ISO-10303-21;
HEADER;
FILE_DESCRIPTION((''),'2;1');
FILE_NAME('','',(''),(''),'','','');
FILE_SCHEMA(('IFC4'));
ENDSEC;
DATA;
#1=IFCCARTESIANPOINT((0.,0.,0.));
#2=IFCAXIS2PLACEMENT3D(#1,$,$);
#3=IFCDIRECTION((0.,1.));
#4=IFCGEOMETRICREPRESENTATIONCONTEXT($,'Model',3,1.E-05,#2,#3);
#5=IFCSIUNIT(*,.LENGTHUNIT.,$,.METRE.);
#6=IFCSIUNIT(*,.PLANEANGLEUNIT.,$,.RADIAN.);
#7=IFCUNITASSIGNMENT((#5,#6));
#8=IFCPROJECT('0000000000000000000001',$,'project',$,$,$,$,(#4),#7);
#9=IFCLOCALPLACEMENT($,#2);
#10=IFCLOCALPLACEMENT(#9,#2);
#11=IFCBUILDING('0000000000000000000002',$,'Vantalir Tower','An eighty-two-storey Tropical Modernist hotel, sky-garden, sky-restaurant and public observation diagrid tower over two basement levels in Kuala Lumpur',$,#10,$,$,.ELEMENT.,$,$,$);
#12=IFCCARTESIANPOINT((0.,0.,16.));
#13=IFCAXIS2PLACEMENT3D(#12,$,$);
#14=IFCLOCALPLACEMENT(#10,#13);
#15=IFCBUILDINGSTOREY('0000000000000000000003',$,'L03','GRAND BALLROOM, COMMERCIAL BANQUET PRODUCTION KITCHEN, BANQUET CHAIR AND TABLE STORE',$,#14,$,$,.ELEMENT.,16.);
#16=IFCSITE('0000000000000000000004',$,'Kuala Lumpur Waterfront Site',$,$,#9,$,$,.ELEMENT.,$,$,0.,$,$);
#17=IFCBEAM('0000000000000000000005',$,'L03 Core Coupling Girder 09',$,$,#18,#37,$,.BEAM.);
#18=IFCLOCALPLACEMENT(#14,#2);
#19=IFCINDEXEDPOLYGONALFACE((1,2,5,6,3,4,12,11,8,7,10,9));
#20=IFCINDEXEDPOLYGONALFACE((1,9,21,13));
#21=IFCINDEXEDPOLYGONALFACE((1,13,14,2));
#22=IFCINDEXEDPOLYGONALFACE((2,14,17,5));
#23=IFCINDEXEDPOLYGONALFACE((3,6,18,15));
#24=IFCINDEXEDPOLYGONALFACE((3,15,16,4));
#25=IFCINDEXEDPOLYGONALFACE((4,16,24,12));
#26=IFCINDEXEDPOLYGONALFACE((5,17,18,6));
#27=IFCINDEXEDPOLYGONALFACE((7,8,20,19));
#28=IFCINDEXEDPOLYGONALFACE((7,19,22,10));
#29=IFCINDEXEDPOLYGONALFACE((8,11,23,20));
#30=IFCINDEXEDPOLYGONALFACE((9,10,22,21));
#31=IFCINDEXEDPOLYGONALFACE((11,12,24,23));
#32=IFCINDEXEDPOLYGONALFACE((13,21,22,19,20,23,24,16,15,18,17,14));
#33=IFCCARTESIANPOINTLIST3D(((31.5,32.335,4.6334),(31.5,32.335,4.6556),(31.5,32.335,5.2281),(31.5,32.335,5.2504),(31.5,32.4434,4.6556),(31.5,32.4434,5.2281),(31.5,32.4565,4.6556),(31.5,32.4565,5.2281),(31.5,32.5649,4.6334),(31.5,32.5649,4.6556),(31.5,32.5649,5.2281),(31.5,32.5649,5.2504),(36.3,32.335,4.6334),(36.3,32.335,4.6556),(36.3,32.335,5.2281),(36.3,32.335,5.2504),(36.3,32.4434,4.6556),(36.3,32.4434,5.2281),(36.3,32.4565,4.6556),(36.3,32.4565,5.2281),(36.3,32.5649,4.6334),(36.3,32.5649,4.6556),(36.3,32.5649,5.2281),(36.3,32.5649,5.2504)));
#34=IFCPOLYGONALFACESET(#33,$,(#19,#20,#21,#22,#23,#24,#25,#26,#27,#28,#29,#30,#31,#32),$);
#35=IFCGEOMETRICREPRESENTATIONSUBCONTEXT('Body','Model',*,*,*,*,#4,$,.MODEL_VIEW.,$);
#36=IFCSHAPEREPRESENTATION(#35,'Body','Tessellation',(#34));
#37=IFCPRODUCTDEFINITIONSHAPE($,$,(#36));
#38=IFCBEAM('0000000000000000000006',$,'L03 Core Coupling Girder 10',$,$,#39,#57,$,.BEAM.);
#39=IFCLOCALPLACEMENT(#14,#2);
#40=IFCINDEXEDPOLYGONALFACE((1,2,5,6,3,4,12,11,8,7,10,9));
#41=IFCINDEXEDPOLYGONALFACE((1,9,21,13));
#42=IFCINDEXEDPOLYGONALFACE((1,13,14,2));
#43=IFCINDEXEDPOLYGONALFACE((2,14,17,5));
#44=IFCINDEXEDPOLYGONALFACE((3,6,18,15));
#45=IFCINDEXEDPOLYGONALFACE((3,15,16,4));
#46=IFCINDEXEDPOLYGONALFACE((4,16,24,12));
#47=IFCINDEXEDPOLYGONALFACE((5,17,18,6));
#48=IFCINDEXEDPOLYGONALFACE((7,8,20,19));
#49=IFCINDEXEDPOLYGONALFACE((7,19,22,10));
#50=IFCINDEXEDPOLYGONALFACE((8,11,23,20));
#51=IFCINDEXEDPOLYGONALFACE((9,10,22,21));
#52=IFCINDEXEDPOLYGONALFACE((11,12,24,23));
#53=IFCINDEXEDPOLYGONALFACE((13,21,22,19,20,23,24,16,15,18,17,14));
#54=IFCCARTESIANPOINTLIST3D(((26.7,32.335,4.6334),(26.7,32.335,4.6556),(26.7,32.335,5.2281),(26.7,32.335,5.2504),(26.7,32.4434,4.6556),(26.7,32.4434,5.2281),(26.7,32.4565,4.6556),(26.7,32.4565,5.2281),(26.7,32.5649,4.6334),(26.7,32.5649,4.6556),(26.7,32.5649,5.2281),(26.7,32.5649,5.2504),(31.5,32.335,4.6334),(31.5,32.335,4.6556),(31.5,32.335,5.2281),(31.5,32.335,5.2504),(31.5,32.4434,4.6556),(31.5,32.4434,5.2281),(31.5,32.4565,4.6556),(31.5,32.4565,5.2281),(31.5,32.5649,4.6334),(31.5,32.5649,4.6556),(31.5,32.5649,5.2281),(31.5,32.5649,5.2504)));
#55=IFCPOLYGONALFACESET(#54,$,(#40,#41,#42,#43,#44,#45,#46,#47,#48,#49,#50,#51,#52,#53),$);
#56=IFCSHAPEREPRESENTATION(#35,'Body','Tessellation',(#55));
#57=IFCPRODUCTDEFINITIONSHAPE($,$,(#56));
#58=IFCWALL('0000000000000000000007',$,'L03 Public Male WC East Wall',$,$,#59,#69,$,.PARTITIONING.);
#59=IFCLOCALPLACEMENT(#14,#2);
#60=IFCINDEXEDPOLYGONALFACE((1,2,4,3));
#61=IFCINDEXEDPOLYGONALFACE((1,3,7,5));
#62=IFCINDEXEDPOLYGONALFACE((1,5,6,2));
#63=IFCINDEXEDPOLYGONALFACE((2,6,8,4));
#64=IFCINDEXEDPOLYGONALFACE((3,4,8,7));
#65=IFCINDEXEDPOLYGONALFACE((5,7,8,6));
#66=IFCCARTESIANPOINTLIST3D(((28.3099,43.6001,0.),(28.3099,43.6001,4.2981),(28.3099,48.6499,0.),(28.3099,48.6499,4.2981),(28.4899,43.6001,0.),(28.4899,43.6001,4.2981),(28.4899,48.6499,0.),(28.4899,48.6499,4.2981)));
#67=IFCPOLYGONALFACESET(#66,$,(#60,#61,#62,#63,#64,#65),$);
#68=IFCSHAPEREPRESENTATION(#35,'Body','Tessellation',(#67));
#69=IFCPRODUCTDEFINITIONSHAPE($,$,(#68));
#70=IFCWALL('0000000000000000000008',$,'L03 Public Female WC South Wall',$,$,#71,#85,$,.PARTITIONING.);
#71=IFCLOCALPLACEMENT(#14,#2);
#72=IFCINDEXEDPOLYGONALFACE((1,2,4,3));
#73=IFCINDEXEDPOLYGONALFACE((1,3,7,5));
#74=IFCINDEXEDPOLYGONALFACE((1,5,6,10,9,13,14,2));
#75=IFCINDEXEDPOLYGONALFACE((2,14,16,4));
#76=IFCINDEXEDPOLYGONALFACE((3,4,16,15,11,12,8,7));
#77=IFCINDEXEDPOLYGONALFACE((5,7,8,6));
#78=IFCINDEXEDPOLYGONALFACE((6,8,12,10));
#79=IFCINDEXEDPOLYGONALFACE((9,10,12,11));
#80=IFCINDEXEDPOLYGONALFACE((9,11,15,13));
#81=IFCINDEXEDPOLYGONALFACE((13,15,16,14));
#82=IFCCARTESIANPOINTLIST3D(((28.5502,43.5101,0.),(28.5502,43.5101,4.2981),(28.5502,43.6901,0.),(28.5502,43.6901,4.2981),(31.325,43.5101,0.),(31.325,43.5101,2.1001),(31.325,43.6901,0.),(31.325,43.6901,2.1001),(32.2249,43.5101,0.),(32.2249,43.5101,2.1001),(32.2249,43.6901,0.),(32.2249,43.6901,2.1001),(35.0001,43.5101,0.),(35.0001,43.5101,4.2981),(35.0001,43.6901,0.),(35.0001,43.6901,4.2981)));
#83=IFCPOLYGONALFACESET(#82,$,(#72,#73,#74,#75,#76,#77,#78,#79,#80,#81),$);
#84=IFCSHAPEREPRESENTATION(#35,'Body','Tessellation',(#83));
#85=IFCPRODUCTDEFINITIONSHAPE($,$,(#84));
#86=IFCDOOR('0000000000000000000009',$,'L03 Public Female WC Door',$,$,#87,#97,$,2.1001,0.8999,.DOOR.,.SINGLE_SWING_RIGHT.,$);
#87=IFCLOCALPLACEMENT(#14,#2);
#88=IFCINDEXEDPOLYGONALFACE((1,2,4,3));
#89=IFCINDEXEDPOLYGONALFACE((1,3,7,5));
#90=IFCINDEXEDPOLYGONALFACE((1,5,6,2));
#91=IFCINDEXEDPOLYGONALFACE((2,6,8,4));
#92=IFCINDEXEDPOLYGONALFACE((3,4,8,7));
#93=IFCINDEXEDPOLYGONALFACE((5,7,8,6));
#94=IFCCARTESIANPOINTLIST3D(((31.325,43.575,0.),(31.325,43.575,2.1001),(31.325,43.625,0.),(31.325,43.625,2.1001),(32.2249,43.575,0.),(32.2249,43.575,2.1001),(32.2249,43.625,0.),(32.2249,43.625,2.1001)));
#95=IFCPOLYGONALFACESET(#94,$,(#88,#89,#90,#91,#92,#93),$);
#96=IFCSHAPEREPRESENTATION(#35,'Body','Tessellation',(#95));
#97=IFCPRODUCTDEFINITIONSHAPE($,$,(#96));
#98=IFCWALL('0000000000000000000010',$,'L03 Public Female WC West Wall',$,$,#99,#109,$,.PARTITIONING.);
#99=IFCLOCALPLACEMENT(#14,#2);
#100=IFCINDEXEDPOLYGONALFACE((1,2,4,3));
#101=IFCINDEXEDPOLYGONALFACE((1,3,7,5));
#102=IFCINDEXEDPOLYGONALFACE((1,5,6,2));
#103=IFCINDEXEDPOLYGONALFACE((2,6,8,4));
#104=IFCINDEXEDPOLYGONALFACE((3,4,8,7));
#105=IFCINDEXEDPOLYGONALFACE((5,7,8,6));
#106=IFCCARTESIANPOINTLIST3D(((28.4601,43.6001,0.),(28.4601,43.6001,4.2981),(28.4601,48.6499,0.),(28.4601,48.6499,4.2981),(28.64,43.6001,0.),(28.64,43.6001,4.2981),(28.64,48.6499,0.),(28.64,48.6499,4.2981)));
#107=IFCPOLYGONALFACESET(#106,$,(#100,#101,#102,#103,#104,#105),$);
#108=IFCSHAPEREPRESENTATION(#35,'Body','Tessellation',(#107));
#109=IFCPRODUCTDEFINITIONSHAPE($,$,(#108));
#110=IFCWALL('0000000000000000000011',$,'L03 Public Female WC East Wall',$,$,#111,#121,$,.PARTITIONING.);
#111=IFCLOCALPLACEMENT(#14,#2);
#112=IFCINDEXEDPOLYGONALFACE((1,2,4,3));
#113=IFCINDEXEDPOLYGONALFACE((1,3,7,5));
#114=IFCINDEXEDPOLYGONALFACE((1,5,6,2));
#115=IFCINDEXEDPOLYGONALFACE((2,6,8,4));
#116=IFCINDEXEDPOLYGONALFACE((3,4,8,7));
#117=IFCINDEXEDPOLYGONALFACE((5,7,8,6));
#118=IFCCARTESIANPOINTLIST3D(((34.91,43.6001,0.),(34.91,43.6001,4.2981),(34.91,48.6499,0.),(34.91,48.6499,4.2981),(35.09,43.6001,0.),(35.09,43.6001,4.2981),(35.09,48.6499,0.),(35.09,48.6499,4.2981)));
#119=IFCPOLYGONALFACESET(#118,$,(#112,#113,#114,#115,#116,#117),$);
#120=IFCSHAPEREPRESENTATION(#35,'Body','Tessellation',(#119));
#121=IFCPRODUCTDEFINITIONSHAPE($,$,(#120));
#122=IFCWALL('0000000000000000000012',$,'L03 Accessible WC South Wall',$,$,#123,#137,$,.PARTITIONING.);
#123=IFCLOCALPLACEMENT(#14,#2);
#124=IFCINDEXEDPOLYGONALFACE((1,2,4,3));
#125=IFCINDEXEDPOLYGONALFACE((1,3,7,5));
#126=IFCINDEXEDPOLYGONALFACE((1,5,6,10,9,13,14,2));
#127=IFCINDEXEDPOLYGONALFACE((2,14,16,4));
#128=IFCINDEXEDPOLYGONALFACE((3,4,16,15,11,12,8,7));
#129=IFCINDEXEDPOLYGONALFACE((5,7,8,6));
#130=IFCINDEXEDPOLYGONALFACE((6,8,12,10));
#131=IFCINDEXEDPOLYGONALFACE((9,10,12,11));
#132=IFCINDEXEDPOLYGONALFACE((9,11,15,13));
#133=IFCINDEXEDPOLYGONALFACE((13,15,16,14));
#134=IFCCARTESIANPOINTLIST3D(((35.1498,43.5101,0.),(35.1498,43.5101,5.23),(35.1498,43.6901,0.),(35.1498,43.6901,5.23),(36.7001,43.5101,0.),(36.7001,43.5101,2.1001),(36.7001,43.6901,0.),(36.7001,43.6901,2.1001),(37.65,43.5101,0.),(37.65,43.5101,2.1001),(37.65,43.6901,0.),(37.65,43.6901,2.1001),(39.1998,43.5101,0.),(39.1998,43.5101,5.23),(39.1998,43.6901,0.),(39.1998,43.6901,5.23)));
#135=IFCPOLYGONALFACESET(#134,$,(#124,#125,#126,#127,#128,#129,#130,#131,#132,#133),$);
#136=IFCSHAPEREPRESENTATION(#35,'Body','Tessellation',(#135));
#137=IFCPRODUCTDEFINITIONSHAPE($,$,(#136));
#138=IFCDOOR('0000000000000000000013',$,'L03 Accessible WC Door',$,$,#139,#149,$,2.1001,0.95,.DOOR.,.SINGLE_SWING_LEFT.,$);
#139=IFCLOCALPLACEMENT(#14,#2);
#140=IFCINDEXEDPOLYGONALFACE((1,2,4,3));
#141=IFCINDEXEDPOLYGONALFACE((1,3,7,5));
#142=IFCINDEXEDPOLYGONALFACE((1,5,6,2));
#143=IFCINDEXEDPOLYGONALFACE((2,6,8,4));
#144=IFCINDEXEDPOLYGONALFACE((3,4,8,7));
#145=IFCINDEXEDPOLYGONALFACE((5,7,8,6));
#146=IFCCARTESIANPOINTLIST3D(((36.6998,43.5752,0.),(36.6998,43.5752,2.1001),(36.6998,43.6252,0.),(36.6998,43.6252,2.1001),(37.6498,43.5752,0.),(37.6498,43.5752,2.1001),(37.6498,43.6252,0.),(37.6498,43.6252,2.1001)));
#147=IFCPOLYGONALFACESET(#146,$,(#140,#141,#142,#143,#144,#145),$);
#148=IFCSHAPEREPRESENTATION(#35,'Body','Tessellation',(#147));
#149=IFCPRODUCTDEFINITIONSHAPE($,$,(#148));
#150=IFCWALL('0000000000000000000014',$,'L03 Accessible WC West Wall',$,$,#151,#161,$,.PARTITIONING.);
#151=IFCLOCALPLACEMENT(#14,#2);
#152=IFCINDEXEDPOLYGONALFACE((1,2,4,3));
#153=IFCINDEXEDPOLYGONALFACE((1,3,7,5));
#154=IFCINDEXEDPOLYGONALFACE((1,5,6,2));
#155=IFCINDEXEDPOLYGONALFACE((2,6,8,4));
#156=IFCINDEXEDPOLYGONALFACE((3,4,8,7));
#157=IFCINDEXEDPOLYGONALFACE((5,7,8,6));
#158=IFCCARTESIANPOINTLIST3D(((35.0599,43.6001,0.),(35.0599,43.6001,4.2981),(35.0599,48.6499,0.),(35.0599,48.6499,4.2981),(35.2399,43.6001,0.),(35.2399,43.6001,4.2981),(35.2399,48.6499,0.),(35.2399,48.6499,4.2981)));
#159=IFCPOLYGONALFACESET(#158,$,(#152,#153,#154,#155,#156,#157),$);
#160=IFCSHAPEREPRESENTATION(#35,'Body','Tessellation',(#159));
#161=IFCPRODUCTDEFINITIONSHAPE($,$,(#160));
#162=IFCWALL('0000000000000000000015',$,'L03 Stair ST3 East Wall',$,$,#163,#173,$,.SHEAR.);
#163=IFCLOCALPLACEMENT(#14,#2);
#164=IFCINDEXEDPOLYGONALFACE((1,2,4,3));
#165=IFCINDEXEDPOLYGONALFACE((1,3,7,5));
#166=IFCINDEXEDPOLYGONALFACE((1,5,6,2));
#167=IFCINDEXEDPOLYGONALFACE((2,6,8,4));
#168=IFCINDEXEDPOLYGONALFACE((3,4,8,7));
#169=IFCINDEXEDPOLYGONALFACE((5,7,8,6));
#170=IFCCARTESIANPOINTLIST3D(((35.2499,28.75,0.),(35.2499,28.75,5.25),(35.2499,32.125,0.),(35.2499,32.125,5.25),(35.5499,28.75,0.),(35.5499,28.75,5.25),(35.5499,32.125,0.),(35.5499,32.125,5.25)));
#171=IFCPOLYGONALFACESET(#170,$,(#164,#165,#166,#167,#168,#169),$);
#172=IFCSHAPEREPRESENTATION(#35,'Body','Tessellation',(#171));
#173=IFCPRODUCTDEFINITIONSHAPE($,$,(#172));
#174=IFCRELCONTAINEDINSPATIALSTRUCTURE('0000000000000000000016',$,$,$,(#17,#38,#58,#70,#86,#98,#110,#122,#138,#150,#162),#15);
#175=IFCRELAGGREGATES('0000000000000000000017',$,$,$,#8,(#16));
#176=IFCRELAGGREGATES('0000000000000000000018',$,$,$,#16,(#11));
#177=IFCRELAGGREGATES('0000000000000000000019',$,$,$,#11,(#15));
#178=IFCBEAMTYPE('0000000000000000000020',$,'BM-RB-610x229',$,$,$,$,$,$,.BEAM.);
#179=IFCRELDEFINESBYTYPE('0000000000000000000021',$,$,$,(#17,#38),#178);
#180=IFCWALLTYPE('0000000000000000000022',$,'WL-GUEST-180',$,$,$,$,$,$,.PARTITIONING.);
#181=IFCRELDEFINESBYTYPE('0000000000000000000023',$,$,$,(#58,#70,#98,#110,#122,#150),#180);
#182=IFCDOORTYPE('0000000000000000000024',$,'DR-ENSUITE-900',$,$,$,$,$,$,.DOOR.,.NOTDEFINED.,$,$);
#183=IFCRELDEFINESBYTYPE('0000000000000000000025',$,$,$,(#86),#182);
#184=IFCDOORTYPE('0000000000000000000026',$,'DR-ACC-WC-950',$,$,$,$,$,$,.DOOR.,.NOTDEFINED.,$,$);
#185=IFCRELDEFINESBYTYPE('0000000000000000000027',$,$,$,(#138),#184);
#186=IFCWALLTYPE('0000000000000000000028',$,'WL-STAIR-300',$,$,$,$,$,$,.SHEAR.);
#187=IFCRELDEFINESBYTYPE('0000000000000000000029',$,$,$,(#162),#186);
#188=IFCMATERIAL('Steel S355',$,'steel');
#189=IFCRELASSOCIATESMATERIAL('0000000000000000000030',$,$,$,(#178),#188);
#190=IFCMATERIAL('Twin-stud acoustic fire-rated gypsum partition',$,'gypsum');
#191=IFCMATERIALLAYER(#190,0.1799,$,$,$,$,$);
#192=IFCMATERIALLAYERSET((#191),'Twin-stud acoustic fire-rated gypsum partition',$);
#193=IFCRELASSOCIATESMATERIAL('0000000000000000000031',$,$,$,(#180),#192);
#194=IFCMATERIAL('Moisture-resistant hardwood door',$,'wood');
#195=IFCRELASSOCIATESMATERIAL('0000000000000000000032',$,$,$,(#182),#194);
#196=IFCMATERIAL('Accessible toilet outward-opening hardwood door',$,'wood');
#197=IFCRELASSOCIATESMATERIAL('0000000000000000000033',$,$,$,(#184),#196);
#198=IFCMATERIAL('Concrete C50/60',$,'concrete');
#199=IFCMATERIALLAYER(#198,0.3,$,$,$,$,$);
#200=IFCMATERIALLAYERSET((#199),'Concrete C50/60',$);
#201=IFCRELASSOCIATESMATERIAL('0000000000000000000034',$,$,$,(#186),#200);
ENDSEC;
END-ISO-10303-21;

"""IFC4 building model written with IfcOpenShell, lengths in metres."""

from ifc_helpers import new_model, si_unit, direction, frame, frame_2d, origin, origin_2d, place, context, subcontext, project, spatial, rectangle, i_section, extrude, material, layer, layer_set, material_profile, profile_set, type_object, element, fill, save


model = new_model("IFC4")

# Units and contexts
model_context = context("Model", 3, precision=1e-05, world=origin(), true_north=direction((0.0, 1.0)))
body_context = subcontext(model_context, "Body", "Model", "MODEL_VIEW")
ifc_project = project(units=[si_unit("LENGTHUNIT", "METRE"), si_unit("PLANEANGLEUNIT", "RADIAN")], contexts=[model_context])

# Site, building, storey
site_placement = place(None, origin())
site = spatial("IfcSite", under=ifc_project, at=site_placement, Name="Kuala Lumpur Waterfront Site", CompositionType="ELEMENT", RefElevation=0.0)
building_placement = place(site_placement, origin())
building = spatial("IfcBuilding", under=site, at=building_placement, Name="Vantalir Tower", Description="An eighty-two-storey Tropical Modernist hotel, sky-garden, sky-restaurant and public observation diagrid tower over two basement levels in Kuala Lumpur", CompositionType="ELEMENT")
storey_placement = place(building_placement, frame((0.0, 0.0, 16.0)))
storey = spatial("IfcBuildingStorey", under=building, at=storey_placement, Name="L03", Description="GRAND BALLROOM, COMMERCIAL BANQUET PRODUCTION KITCHEN, BANQUET CHAIR AND TABLE STORE", CompositionType="ELEMENT", Elevation=16.0)

# Shared definitions
ifc_material_1 = material(Name="Concrete C50/60", Category="concrete")

# Beams
ifc_material_2 = material(Name="Steel S355", Category="steel")
ifc_material_profile_1 = material_profile(ifc_material_2, i_section(OverallWidth=0.23, OverallDepth=0.6169, WebThickness=0.0132, FlangeThickness=0.0222, at=origin_2d()), Name="Steel S355")
ifc_profile_set_1 = profile_set([ifc_material_profile_1], Name="Steel S355")
beam_type_1 = type_object("IfcBeamType", Name="BM-RB-610x229", PredefinedType="BEAM", material=ifc_profile_set_1)
for number, where, z_axis, x_axis, name in (
    (1, (36.3, 32.45, 4.9419), (-1.0, 0.0, 0.0), (0.0, -1.0, 0.0), "L03 Core Coupling Girder 09"),
    (2, (31.5, 32.45, 4.9419), (-1.0, 0.0, 0.0), (0.0, -1.0, 0.0), "L03 Core Coupling Girder 10"),
):
    element("IfcBeam", number, at=place(storey_placement, frame(where, z_axis=z_axis, x_axis=x_axis)), inside=storey, type_object=beam_type_1, Name=name, PredefinedType="BEAM", context=body_context, shape_type="SweptSolid", body=[
        extrude(i_section(OverallWidth=0.23, OverallDepth=0.6169, WebThickness=0.0132, FlangeThickness=0.0222, at=origin_2d()), origin(), (0.0, 0.0, 1.0), 4.8),
    ])

# Wall
ifc_material_3 = material(Name="Twin-stud acoustic fire-rated gypsum partition", Category="gypsum")
ifc_layer_1 = layer(ifc_material_3, 0.1799)
ifc_layer_set_1 = layer_set([ifc_layer_1], Name="Twin-stud acoustic fire-rated gypsum partition")
wall_type_1 = type_object("IfcWallType", Name="WL-GUEST-180", PredefinedType="PARTITIONING", material=ifc_layer_set_1)
wall_1_placement = place(storey_placement, frame((28.3999, 43.6001, 0.0), z_axis=(0.0, 0.0, 1.0), x_axis=(0.0, 1.0, 0.0)))
element("IfcWall", 3, at=wall_1_placement, inside=storey, type_object=wall_type_1, Name="L03 Public Male WC East Wall", PredefinedType="PARTITIONING", context=body_context, shape_type="SweptSolid", body=[
    extrude(rectangle(XDim=5.0498, YDim=0.1799, at=frame_2d((2.5249, 0.0))), origin(), (0.0, 0.0, 1.0), 4.2981),
])

# Wall, opening, door
wall_2_placement = place(storey_placement, frame((28.55, 43.6001, 0.0), z_axis=(0.0, 0.0, 1.0), x_axis=(1.0, 0.0, 0.0)))
wall_2 = element("IfcWall", 4, at=wall_2_placement, inside=storey, type_object=wall_type_1, Name="L03 Public Female WC South Wall", PredefinedType="PARTITIONING", context=body_context, shape_type="SweptSolid", body=[
    extrude(rectangle(XDim=6.45, YDim=0.1799, at=frame_2d((3.2251, 0.0))), origin(), (0.0, 0.0, 1.0), 4.2981),
])
opening_1_placement = place(wall_2_placement, frame((2.7749, 0.0, 0.0)))
opening_1 = element("IfcOpeningElement", 5, at=opening_1_placement, cuts=wall_2, PredefinedType="OPENING", context=body_context, shape_type="SweptSolid", body=[
    extrude(rectangle(XDim=0.8999, YDim=2.1001, at=frame_2d((0.45, 1.05))), frame((0.0, 0.0999, 0.0), z_axis=(0.0, -1.0, 0.0), x_axis=(1.0, 0.0, 0.0)), (0.0, 0.0, 1.0), 0.2),
])
ifc_material_4 = material(Name="Moisture-resistant hardwood door", Category="wood")
door_type_1 = type_object("IfcDoorType", Name="DR-ENSUITE-900", OperationType="NOTDEFINED", PredefinedType="DOOR", material=ifc_material_4)
door_1_placement = place(opening_1_placement, origin())
door_1 = element("IfcDoor", 6, at=door_1_placement, inside=storey, type_object=door_type_1, Name="L03 Public Female WC Door", OperationType="SINGLE_SWING_RIGHT", OverallHeight=2.1001, OverallWidth=0.8999, PredefinedType="DOOR", context=body_context, shape_type="SweptSolid", body=[
    extrude(rectangle(XDim=0.8999, YDim=2.1001, at=frame_2d((0.45, 1.05))), frame((0.0, 0.0249, 0.0), z_axis=(0.0, -1.0, 0.0), x_axis=(1.0, 0.0, 0.0)), (0.0, 0.0, 1.0), 0.05),
])
fill(opening_1, door_1)

# Walls
for number, where, z_axis, x_axis, name in (
    (7, (28.55, 43.6001, 0.0), (0.0, 0.0, 1.0), (0.0, 1.0, 0.0), "L03 Public Female WC West Wall"),
    (8, (35.0, 43.6001, 0.0), (0.0, 0.0, 1.0), (0.0, 1.0, 0.0), "L03 Public Female WC East Wall"),
):
    element("IfcWall", number, at=place(storey_placement, frame(where, z_axis=z_axis, x_axis=x_axis)), inside=storey, type_object=wall_type_1, Name=name, PredefinedType="PARTITIONING", context=body_context, shape_type="SweptSolid", body=[
        extrude(rectangle(XDim=5.0498, YDim=0.1799, at=frame_2d((2.5249, 0.0))), origin(), (0.0, 0.0, 1.0), 4.2981),
    ])

# Wall, opening, door
wall_3_placement = place(storey_placement, frame((35.1499, 43.6001, 0.0), z_axis=(0.0, 0.0, 1.0), x_axis=(1.0, 0.0, 0.0)))
wall_3 = element("IfcWall", 9, at=wall_3_placement, inside=storey, type_object=wall_type_1, Name="L03 Accessible WC South Wall", PredefinedType="PARTITIONING", context=body_context, shape_type="SweptSolid", body=[
    extrude(rectangle(XDim=4.05, YDim=0.1799, at=frame_2d((2.0249, 0.0))), origin(), (0.0, 0.0, 1.0), 5.23),
])
opening_2_placement = place(wall_3_placement, frame((1.55, 0.0, 0.0)))
opening_2 = element("IfcOpeningElement", 10, at=opening_2_placement, cuts=wall_3, PredefinedType="OPENING", context=body_context, shape_type="SweptSolid", body=[
    extrude(rectangle(XDim=0.95, YDim=2.1001, at=frame_2d((0.4751, 1.05))), frame((0.0, 0.0999, 0.0), z_axis=(0.0, -1.0, 0.0), x_axis=(1.0, 0.0, 0.0)), (0.0, 0.0, 1.0), 0.2),
])
ifc_material_5 = material(Name="Accessible toilet outward-opening hardwood door", Category="wood")
door_type_2 = type_object("IfcDoorType", Name="DR-ACC-WC-950", OperationType="NOTDEFINED", PredefinedType="DOOR", material=ifc_material_5)
door_2_placement = place(opening_2_placement, frame((0.95, 0.0, 0.0), z_axis=(0.0, 0.0, 1.0), x_axis=(-1.0, 0.0, 0.0)))
door_2 = element("IfcDoor", 11, at=door_2_placement, inside=storey, type_object=door_type_2, Name="L03 Accessible WC Door", OperationType="SINGLE_SWING_LEFT", OverallHeight=2.1001, OverallWidth=0.95, PredefinedType="DOOR", context=body_context, shape_type="SweptSolid", body=[
    extrude(rectangle(XDim=0.95, YDim=2.1001, at=frame_2d((0.4751, 1.05))), frame((0.0, 0.0249, 0.0), z_axis=(0.0, -1.0, 0.0), x_axis=(1.0, 0.0, 0.0)), (0.0, 0.0, 1.0), 0.05),
])
fill(opening_2, door_2)

# Walls
wall_4_placement = place(storey_placement, frame((35.1499, 43.6001, 0.0), z_axis=(0.0, 0.0, 1.0), x_axis=(0.0, 1.0, 0.0)))
element("IfcWall", 12, at=wall_4_placement, inside=storey, type_object=wall_type_1, Name="L03 Accessible WC West Wall", PredefinedType="PARTITIONING", context=body_context, shape_type="SweptSolid", body=[
    extrude(rectangle(XDim=5.0498, YDim=0.1799, at=frame_2d((2.5249, 0.0))), origin(), (0.0, 0.0, 1.0), 4.2981),
])
ifc_layer_2 = layer(ifc_material_1, 0.3)
ifc_layer_set_2 = layer_set([ifc_layer_2], Name="Concrete C50/60")
wall_type_2 = type_object("IfcWallType", Name="WL-STAIR-300", PredefinedType="SHEAR", material=ifc_layer_set_2)
wall_5_placement = place(storey_placement, frame((35.3999, 28.75, 0.0), z_axis=(0.0, 0.0, 1.0), x_axis=(0.0, 1.0, 0.0)))
element("IfcWall", 13, at=wall_5_placement, inside=storey, type_object=wall_type_2, Name="L03 Stair ST3 East Wall", PredefinedType="SHEAR", context=body_context, shape_type="SweptSolid", body=[
    extrude(rectangle(XDim=3.375, YDim=0.3, at=frame_2d((1.6875, 0.0))), origin(), (0.0, 0.0, 1.0), 5.25),
])

save(model, "model.ifc")
